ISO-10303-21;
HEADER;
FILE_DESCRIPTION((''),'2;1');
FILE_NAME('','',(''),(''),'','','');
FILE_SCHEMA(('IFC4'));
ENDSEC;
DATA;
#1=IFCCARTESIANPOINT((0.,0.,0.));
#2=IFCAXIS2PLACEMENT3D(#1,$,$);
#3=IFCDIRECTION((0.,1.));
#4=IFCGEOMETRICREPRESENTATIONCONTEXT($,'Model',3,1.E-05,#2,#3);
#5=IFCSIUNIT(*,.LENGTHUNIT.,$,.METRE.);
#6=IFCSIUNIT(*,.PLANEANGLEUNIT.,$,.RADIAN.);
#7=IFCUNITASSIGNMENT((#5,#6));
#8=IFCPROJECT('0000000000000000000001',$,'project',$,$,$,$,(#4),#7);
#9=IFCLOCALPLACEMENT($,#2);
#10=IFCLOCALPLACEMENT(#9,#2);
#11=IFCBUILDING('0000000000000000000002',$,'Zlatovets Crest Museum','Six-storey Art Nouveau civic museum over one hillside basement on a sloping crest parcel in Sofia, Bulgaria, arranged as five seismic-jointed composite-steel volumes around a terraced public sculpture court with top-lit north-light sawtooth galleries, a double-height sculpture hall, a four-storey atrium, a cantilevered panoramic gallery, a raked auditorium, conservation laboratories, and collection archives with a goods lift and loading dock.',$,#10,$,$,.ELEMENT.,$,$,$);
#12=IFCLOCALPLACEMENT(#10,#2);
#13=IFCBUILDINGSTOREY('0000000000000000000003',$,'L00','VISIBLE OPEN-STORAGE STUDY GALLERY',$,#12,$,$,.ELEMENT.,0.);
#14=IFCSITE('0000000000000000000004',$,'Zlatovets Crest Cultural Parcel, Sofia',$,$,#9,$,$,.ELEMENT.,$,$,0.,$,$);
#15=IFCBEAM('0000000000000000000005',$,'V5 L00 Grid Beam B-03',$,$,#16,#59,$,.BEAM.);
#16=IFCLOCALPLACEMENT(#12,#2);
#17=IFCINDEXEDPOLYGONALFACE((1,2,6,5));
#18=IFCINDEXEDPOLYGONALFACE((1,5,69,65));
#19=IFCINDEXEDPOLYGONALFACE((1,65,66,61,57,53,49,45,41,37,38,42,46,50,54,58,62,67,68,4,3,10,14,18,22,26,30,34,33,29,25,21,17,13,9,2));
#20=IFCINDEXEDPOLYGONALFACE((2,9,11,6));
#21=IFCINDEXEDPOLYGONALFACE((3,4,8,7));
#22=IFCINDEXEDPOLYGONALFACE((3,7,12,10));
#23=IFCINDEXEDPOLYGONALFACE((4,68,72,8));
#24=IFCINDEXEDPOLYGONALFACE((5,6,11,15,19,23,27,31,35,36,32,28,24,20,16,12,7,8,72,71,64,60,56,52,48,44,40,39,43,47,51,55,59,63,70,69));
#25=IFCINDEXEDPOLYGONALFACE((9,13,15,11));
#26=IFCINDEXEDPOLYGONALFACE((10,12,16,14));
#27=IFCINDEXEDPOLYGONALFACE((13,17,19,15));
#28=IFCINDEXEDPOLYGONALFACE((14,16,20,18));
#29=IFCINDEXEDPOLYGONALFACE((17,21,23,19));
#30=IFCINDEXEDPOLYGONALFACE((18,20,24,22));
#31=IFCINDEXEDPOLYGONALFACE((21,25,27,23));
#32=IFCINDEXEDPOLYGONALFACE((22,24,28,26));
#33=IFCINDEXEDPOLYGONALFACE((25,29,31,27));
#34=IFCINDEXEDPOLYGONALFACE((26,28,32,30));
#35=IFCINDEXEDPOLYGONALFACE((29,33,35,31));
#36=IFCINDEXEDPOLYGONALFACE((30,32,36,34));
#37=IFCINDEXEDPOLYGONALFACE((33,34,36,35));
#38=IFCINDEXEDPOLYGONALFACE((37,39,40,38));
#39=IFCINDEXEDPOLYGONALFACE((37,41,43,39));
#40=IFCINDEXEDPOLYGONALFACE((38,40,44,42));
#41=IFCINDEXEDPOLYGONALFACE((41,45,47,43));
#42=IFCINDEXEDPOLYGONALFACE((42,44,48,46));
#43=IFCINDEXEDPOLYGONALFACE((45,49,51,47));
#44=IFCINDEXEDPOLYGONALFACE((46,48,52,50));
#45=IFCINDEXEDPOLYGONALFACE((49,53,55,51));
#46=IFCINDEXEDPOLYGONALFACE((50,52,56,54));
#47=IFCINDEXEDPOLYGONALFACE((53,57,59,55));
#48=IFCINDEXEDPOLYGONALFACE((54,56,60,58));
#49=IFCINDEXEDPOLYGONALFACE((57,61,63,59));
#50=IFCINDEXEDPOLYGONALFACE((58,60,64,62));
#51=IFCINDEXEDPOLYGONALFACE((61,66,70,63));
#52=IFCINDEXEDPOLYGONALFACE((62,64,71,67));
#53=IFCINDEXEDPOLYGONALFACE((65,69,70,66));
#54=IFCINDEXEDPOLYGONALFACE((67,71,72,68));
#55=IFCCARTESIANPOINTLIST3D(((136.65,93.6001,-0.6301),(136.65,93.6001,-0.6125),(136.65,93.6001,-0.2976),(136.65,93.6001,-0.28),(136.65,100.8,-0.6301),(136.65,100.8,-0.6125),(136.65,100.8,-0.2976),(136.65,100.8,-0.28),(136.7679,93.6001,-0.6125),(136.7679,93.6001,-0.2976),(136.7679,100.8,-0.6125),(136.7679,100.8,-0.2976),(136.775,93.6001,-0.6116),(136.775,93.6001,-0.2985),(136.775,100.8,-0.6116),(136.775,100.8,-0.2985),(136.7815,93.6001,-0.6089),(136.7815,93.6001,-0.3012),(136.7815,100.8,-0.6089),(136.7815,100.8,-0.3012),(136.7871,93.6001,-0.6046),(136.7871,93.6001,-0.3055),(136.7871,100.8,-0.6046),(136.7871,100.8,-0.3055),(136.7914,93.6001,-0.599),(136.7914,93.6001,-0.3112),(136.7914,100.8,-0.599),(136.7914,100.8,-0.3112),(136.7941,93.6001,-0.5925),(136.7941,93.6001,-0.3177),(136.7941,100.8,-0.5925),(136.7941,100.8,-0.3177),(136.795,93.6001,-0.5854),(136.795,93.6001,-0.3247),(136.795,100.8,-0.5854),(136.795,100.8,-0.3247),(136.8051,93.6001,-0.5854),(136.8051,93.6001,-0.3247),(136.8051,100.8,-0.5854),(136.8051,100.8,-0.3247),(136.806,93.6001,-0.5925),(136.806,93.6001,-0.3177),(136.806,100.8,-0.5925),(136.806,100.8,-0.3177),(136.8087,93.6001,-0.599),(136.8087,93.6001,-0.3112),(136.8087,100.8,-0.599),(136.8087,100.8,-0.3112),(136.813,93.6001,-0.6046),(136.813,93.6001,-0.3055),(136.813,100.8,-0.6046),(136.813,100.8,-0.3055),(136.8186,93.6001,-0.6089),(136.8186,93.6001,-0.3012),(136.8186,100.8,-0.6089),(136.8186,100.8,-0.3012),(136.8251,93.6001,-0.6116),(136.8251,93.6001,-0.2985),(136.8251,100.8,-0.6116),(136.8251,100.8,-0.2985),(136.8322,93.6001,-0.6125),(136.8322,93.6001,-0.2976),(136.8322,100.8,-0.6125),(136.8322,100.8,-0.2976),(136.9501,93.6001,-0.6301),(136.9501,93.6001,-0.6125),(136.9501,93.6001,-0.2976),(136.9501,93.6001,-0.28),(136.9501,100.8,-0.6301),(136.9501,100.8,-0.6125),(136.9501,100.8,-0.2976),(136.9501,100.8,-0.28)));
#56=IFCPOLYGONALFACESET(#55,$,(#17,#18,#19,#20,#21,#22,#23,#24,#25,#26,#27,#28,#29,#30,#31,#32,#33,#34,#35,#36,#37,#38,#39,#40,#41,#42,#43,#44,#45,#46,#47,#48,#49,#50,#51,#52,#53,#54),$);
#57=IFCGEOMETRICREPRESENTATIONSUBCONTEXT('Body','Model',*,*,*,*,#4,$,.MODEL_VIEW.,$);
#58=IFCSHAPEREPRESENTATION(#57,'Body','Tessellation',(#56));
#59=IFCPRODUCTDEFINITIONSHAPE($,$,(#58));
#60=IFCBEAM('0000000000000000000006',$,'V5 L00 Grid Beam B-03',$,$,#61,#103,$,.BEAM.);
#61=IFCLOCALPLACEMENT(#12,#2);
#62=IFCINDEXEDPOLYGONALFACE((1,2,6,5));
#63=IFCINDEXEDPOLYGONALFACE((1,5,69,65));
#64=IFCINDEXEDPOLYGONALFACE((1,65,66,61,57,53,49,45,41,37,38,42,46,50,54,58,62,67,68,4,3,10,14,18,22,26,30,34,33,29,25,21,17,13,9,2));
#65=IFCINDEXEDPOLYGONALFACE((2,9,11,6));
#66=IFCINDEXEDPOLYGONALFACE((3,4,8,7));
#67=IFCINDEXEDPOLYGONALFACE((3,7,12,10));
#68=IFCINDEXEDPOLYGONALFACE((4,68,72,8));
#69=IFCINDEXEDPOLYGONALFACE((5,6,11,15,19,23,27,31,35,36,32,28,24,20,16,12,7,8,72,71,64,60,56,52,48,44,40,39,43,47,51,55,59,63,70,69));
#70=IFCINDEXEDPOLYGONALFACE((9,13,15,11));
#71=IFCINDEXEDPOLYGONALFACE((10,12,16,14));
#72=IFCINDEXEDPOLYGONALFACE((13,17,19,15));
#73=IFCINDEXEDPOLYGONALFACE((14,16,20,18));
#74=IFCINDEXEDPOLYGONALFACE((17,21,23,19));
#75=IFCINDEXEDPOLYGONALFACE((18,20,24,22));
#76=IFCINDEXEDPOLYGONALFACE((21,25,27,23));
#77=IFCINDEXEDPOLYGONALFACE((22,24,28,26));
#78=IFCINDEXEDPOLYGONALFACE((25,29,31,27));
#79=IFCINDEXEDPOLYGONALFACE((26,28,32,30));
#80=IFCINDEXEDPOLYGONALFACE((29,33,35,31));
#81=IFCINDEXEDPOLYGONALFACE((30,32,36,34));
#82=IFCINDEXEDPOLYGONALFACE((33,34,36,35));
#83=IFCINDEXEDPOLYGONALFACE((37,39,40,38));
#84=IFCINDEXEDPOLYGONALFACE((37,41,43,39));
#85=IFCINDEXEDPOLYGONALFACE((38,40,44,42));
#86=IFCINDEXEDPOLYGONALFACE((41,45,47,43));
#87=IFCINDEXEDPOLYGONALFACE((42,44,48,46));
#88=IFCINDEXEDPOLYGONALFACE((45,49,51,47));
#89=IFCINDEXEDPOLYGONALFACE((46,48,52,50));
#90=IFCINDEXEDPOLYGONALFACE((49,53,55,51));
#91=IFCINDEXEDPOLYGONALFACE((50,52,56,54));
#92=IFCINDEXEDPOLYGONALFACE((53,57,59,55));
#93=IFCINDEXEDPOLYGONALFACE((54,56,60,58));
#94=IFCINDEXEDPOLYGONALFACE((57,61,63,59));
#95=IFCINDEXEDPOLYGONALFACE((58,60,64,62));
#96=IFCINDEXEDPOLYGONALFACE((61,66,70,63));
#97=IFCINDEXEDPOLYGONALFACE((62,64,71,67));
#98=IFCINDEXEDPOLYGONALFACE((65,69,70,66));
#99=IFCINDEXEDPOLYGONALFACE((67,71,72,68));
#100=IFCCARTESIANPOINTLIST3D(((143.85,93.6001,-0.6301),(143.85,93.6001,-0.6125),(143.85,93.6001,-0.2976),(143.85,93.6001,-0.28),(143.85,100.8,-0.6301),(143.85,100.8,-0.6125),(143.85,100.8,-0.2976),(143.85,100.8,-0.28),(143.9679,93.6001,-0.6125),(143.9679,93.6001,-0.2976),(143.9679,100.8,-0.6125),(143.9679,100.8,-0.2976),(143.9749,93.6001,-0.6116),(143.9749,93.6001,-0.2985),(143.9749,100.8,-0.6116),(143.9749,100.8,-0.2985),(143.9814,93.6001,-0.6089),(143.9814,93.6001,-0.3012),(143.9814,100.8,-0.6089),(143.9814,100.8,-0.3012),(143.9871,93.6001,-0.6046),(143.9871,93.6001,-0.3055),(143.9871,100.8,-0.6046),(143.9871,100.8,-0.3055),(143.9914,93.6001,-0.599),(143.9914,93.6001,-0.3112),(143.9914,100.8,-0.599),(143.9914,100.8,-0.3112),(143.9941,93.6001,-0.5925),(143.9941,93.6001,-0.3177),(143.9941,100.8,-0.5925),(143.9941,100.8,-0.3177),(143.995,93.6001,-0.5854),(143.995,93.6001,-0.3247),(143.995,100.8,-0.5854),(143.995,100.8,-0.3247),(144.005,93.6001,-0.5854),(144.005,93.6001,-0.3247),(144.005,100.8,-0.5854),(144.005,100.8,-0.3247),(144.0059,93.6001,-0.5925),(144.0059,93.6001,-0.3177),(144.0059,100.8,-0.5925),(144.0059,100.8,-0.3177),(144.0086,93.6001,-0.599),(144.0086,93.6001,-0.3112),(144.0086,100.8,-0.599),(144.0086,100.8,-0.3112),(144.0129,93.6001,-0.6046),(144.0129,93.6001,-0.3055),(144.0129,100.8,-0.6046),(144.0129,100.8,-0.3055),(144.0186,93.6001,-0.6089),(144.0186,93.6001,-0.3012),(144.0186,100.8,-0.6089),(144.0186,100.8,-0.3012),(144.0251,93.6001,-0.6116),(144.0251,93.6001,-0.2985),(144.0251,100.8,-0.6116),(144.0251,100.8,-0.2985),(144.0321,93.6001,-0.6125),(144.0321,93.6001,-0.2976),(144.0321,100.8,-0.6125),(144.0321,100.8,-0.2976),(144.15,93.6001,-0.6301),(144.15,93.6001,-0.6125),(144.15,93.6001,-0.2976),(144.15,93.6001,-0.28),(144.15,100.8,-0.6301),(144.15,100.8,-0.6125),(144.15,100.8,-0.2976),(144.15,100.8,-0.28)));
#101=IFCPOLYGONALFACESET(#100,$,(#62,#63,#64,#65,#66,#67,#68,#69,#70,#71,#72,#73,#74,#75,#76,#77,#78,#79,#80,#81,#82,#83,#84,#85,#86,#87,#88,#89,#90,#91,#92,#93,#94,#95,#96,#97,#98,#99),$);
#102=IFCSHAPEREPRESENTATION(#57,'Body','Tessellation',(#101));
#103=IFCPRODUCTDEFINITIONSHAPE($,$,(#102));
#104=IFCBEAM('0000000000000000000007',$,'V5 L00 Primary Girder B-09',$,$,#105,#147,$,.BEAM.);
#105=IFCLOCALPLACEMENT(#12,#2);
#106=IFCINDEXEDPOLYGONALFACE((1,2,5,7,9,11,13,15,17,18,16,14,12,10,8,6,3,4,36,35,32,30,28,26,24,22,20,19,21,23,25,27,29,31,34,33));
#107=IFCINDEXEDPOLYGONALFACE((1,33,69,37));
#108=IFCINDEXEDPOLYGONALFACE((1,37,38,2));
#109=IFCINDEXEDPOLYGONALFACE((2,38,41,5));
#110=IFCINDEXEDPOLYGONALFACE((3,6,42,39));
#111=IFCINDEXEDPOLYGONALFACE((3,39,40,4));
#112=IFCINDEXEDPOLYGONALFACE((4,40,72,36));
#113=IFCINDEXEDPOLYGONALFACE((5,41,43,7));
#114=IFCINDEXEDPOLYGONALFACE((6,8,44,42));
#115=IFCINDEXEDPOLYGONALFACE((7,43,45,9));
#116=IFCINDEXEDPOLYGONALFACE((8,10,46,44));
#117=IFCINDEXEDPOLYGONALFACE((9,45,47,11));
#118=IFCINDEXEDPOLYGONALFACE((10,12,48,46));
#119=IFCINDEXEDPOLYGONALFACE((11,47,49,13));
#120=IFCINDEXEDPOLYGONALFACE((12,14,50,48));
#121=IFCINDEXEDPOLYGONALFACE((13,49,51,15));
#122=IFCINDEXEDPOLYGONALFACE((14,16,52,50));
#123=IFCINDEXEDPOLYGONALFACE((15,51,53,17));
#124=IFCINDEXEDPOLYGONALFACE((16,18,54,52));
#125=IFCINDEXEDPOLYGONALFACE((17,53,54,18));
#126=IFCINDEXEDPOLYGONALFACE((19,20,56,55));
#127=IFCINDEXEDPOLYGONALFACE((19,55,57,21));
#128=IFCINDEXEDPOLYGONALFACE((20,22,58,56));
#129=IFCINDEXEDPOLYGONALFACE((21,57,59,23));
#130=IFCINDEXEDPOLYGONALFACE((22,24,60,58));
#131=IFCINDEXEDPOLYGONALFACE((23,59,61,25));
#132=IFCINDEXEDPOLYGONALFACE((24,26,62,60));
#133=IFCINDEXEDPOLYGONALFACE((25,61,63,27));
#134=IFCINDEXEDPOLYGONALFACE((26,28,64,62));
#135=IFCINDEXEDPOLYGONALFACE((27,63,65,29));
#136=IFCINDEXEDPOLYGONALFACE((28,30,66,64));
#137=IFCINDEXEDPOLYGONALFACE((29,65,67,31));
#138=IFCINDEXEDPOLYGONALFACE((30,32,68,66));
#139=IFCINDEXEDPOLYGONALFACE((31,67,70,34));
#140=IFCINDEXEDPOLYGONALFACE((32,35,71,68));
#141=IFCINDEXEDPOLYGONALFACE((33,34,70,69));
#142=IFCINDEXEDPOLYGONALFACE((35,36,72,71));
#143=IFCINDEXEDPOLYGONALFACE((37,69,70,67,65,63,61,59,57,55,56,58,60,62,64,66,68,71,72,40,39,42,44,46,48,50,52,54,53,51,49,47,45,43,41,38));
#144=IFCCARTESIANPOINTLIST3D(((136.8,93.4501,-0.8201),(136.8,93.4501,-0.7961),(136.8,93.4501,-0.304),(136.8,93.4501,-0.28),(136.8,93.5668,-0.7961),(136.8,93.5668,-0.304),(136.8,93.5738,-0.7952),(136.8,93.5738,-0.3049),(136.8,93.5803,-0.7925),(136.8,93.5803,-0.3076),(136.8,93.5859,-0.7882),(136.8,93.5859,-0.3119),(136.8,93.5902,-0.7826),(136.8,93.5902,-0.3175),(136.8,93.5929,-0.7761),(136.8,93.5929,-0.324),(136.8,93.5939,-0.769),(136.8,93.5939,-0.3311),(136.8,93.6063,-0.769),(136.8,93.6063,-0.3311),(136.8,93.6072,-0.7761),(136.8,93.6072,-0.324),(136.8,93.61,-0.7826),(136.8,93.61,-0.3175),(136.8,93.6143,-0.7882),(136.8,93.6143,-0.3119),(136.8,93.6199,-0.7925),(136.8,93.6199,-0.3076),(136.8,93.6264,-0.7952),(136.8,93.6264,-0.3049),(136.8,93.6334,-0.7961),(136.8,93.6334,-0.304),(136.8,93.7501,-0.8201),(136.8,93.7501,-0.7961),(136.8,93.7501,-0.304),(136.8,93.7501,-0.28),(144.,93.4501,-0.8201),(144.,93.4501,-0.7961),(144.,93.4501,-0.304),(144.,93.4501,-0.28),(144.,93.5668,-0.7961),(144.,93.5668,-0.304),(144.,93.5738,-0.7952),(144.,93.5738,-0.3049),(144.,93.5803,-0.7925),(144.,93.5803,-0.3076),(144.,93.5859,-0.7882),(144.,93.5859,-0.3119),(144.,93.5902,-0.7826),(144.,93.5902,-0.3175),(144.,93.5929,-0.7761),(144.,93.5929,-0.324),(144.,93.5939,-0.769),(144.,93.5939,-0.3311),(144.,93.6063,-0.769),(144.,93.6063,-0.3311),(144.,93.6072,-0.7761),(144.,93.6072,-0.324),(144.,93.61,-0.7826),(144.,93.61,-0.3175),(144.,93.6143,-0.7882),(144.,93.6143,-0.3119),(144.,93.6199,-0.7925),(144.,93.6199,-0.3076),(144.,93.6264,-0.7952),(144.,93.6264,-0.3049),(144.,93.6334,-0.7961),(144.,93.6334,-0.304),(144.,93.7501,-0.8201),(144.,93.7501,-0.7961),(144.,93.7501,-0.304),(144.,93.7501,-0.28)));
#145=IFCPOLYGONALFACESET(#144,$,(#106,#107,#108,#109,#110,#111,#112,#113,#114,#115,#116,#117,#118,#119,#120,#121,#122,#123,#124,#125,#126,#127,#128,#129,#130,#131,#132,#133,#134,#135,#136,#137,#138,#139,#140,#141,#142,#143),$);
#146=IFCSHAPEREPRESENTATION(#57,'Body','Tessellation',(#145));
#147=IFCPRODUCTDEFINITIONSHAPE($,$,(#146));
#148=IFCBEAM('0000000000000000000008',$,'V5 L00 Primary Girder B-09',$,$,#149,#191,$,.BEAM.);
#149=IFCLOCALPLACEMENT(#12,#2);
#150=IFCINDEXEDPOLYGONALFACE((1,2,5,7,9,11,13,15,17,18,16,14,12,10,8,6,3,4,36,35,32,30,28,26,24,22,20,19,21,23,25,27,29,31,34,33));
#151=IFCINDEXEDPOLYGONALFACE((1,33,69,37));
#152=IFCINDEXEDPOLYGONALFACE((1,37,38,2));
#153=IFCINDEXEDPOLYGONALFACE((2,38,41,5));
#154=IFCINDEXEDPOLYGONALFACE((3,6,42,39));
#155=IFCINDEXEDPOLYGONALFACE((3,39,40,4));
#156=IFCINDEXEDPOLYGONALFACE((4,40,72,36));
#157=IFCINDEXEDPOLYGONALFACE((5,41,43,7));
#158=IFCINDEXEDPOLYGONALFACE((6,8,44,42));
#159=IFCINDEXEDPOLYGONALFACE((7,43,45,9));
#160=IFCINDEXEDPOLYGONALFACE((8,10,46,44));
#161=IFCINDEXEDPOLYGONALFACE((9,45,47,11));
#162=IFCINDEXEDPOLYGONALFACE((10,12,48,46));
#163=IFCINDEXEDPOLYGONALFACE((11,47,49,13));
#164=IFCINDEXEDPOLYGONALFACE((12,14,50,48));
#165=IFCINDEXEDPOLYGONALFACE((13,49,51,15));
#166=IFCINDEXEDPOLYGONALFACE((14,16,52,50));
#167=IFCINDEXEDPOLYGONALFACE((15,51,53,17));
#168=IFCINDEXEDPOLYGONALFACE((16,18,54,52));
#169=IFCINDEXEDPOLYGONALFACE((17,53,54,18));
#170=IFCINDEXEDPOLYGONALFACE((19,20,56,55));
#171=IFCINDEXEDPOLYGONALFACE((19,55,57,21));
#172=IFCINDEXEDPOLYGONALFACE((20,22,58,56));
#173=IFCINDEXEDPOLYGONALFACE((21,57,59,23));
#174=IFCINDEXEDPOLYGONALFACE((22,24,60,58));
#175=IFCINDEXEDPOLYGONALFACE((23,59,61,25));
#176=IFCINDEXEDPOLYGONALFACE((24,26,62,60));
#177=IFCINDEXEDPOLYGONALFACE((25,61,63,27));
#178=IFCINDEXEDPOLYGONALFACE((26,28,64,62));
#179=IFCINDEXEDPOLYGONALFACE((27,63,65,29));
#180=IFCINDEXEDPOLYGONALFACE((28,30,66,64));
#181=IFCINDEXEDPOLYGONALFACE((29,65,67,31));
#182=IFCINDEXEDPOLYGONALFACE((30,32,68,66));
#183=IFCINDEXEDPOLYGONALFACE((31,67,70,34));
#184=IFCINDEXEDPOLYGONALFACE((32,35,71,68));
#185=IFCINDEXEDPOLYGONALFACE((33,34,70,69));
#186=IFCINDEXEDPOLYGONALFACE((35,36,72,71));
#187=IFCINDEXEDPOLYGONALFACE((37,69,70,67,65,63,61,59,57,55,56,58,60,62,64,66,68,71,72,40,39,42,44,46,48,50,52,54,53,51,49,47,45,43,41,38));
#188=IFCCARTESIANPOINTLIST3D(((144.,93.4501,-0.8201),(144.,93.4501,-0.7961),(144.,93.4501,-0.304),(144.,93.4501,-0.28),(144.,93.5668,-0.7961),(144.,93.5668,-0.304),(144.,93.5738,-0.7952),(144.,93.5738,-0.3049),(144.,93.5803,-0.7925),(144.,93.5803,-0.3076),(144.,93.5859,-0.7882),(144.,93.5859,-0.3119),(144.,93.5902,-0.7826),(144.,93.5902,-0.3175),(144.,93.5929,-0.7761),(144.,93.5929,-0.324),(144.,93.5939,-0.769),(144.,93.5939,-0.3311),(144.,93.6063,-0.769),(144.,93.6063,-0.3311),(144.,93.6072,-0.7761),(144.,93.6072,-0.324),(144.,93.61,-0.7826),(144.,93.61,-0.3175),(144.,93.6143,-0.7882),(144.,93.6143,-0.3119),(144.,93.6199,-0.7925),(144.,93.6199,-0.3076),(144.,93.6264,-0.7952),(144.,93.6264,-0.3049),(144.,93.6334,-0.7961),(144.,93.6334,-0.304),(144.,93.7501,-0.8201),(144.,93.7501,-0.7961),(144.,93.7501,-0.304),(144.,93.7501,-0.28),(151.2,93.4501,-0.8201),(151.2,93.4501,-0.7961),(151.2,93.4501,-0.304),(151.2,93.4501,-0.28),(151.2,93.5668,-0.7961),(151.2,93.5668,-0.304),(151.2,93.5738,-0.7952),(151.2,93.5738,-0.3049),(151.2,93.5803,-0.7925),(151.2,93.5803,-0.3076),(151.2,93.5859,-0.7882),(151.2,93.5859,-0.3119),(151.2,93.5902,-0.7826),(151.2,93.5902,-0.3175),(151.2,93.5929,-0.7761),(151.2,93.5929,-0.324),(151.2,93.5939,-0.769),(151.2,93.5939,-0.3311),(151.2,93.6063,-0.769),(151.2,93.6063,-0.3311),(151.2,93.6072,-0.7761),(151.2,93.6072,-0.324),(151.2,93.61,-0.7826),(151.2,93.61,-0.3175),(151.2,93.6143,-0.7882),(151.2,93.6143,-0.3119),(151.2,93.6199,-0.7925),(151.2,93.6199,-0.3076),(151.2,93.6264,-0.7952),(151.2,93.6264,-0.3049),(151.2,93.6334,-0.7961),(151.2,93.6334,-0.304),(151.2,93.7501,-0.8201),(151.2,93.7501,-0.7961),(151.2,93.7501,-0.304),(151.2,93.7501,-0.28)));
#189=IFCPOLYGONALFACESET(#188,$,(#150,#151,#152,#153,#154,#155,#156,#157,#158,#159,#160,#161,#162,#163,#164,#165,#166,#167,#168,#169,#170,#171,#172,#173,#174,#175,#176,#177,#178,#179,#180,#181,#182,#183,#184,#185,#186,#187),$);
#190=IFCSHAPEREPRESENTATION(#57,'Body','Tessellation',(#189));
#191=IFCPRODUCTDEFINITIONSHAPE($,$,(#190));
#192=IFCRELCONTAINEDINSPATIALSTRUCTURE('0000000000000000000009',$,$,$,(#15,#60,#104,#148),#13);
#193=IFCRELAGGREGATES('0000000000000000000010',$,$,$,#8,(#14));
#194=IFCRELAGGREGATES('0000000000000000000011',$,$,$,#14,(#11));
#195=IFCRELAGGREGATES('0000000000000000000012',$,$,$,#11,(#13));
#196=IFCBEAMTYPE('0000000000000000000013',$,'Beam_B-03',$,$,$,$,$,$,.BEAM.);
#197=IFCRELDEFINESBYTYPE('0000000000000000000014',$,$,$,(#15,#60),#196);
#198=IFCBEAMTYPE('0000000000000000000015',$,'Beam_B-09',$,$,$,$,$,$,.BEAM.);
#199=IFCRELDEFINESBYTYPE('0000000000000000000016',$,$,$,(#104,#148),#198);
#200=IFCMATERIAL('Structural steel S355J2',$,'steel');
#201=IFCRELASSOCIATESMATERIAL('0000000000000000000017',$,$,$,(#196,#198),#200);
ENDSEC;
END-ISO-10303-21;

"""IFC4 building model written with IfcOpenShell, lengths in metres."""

from ifc_helpers import new_model, si_unit, direction, frame, origin, origin_2d, place, context, subcontext, project, spatial, i_section, extrude, material, material_profile, profile_set, type_object, element, save


model = new_model("IFC4")

# Units and contexts
model_context = context("Model", 3, precision=1e-05, world=origin(), true_north=direction((0.0, 1.0)))
body_context = subcontext(model_context, "Body", "Model", "MODEL_VIEW")
ifc_project = project(units=[si_unit("LENGTHUNIT", "METRE"), si_unit("PLANEANGLEUNIT", "RADIAN")], contexts=[model_context])

# Site, building, storey
site_placement = place(None, origin())
site = spatial("IfcSite", under=ifc_project, at=site_placement, Name="Zlatovets Crest Cultural Parcel, Sofia", CompositionType="ELEMENT", RefElevation=0.0)
building_placement = place(site_placement, origin())
building = spatial("IfcBuilding", under=site, at=building_placement, Name="Zlatovets Crest Museum", Description="Six-storey Art Nouveau civic museum over one hillside basement on a sloping crest parcel in Sofia, Bulgaria, arranged as five seismic-jointed composite-steel volumes around a terraced public sculpture court with top-lit north-light sawtooth galleries, a double-height sculpture hall, a four-storey atrium, a cantilevered panoramic gallery, a raked auditorium, conservation laboratories, and collection archives with a goods lift and loading dock.", CompositionType="ELEMENT")
storey_placement = place(building_placement, origin())
storey = spatial("IfcBuildingStorey", under=building, at=storey_placement, Name="L00", Description="VISIBLE OPEN-STORAGE STUDY GALLERY", CompositionType="ELEMENT", Elevation=0.0)

# Shared definitions
ifc_material_1 = material(Name="Structural steel S355J2", Category="steel")

# Beams
ifc_material_profile_1 = material_profile(ifc_material_1, i_section(OverallWidth=0.3, OverallDepth=0.3501, WebThickness=0.01, FlangeThickness=0.0176, FilletRadius=0.0271, at=origin_2d()), Name="HEA 360")
ifc_profile_set_1 = profile_set([ifc_material_profile_1], Name="Structural steel S355J2")
beam_type_1 = type_object("IfcBeamType", Name="Beam_B-03", PredefinedType="BEAM", material=ifc_profile_set_1)
for number, where, z_axis, x_axis, name in (
    (1, (136.8, 93.6001, -0.4551), (0.0, 1.0, 0.0), (-1.0, 0.0, 0.0), "V5 L00 Grid Beam B-03"),
    (2, (144.0, 93.6001, -0.4551), (0.0, 1.0, 0.0), (-1.0, 0.0, 0.0), "V5 L00 Grid Beam B-03"),
):
    element("IfcBeam", number, at=place(storey_placement, frame(where, z_axis=z_axis, x_axis=x_axis)), inside=storey, type_object=beam_type_1, Name=name, PredefinedType="BEAM", context=body_context, shape_type="SweptSolid", body=[
        extrude(i_section(OverallWidth=0.3, OverallDepth=0.3501, WebThickness=0.01, FlangeThickness=0.0176, FilletRadius=0.0271, at=origin_2d()), origin(), (0.0, 0.0, 1.0), 7.2),
    ])
ifc_material_profile_2 = material_profile(ifc_material_1, i_section(OverallWidth=0.3, OverallDepth=0.54, WebThickness=0.0125, FlangeThickness=0.0239, FilletRadius=0.0271, at=origin_2d()), Name="HEA 550")
ifc_profile_set_2 = profile_set([ifc_material_profile_2], Name="Structural steel S355J2")
beam_type_2 = type_object("IfcBeamType", Name="Beam_B-09", PredefinedType="BEAM", material=ifc_profile_set_2)
for number, where, z_axis, x_axis, name in (
    (3, (136.8, 93.6001, -0.55), (1.0, 0.0, 0.0), (0.0, 1.0, 0.0), "V5 L00 Primary Girder B-09"),
    (4, (144.0, 93.6001, -0.55), (1.0, 0.0, 0.0), (0.0, 1.0, 0.0), "V5 L00 Primary Girder B-09"),
):
    element("IfcBeam", number, at=place(storey_placement, frame(where, z_axis=z_axis, x_axis=x_axis)), inside=storey, type_object=beam_type_2, Name=name, PredefinedType="BEAM", context=body_context, shape_type="SweptSolid", body=[
        extrude(i_section(OverallWidth=0.3, OverallDepth=0.54, WebThickness=0.0125, FlangeThickness=0.0239, FilletRadius=0.0271, at=origin_2d()), origin(), (0.0, 0.0, 1.0), 7.2),
    ])

save(model, "model.ifc")
